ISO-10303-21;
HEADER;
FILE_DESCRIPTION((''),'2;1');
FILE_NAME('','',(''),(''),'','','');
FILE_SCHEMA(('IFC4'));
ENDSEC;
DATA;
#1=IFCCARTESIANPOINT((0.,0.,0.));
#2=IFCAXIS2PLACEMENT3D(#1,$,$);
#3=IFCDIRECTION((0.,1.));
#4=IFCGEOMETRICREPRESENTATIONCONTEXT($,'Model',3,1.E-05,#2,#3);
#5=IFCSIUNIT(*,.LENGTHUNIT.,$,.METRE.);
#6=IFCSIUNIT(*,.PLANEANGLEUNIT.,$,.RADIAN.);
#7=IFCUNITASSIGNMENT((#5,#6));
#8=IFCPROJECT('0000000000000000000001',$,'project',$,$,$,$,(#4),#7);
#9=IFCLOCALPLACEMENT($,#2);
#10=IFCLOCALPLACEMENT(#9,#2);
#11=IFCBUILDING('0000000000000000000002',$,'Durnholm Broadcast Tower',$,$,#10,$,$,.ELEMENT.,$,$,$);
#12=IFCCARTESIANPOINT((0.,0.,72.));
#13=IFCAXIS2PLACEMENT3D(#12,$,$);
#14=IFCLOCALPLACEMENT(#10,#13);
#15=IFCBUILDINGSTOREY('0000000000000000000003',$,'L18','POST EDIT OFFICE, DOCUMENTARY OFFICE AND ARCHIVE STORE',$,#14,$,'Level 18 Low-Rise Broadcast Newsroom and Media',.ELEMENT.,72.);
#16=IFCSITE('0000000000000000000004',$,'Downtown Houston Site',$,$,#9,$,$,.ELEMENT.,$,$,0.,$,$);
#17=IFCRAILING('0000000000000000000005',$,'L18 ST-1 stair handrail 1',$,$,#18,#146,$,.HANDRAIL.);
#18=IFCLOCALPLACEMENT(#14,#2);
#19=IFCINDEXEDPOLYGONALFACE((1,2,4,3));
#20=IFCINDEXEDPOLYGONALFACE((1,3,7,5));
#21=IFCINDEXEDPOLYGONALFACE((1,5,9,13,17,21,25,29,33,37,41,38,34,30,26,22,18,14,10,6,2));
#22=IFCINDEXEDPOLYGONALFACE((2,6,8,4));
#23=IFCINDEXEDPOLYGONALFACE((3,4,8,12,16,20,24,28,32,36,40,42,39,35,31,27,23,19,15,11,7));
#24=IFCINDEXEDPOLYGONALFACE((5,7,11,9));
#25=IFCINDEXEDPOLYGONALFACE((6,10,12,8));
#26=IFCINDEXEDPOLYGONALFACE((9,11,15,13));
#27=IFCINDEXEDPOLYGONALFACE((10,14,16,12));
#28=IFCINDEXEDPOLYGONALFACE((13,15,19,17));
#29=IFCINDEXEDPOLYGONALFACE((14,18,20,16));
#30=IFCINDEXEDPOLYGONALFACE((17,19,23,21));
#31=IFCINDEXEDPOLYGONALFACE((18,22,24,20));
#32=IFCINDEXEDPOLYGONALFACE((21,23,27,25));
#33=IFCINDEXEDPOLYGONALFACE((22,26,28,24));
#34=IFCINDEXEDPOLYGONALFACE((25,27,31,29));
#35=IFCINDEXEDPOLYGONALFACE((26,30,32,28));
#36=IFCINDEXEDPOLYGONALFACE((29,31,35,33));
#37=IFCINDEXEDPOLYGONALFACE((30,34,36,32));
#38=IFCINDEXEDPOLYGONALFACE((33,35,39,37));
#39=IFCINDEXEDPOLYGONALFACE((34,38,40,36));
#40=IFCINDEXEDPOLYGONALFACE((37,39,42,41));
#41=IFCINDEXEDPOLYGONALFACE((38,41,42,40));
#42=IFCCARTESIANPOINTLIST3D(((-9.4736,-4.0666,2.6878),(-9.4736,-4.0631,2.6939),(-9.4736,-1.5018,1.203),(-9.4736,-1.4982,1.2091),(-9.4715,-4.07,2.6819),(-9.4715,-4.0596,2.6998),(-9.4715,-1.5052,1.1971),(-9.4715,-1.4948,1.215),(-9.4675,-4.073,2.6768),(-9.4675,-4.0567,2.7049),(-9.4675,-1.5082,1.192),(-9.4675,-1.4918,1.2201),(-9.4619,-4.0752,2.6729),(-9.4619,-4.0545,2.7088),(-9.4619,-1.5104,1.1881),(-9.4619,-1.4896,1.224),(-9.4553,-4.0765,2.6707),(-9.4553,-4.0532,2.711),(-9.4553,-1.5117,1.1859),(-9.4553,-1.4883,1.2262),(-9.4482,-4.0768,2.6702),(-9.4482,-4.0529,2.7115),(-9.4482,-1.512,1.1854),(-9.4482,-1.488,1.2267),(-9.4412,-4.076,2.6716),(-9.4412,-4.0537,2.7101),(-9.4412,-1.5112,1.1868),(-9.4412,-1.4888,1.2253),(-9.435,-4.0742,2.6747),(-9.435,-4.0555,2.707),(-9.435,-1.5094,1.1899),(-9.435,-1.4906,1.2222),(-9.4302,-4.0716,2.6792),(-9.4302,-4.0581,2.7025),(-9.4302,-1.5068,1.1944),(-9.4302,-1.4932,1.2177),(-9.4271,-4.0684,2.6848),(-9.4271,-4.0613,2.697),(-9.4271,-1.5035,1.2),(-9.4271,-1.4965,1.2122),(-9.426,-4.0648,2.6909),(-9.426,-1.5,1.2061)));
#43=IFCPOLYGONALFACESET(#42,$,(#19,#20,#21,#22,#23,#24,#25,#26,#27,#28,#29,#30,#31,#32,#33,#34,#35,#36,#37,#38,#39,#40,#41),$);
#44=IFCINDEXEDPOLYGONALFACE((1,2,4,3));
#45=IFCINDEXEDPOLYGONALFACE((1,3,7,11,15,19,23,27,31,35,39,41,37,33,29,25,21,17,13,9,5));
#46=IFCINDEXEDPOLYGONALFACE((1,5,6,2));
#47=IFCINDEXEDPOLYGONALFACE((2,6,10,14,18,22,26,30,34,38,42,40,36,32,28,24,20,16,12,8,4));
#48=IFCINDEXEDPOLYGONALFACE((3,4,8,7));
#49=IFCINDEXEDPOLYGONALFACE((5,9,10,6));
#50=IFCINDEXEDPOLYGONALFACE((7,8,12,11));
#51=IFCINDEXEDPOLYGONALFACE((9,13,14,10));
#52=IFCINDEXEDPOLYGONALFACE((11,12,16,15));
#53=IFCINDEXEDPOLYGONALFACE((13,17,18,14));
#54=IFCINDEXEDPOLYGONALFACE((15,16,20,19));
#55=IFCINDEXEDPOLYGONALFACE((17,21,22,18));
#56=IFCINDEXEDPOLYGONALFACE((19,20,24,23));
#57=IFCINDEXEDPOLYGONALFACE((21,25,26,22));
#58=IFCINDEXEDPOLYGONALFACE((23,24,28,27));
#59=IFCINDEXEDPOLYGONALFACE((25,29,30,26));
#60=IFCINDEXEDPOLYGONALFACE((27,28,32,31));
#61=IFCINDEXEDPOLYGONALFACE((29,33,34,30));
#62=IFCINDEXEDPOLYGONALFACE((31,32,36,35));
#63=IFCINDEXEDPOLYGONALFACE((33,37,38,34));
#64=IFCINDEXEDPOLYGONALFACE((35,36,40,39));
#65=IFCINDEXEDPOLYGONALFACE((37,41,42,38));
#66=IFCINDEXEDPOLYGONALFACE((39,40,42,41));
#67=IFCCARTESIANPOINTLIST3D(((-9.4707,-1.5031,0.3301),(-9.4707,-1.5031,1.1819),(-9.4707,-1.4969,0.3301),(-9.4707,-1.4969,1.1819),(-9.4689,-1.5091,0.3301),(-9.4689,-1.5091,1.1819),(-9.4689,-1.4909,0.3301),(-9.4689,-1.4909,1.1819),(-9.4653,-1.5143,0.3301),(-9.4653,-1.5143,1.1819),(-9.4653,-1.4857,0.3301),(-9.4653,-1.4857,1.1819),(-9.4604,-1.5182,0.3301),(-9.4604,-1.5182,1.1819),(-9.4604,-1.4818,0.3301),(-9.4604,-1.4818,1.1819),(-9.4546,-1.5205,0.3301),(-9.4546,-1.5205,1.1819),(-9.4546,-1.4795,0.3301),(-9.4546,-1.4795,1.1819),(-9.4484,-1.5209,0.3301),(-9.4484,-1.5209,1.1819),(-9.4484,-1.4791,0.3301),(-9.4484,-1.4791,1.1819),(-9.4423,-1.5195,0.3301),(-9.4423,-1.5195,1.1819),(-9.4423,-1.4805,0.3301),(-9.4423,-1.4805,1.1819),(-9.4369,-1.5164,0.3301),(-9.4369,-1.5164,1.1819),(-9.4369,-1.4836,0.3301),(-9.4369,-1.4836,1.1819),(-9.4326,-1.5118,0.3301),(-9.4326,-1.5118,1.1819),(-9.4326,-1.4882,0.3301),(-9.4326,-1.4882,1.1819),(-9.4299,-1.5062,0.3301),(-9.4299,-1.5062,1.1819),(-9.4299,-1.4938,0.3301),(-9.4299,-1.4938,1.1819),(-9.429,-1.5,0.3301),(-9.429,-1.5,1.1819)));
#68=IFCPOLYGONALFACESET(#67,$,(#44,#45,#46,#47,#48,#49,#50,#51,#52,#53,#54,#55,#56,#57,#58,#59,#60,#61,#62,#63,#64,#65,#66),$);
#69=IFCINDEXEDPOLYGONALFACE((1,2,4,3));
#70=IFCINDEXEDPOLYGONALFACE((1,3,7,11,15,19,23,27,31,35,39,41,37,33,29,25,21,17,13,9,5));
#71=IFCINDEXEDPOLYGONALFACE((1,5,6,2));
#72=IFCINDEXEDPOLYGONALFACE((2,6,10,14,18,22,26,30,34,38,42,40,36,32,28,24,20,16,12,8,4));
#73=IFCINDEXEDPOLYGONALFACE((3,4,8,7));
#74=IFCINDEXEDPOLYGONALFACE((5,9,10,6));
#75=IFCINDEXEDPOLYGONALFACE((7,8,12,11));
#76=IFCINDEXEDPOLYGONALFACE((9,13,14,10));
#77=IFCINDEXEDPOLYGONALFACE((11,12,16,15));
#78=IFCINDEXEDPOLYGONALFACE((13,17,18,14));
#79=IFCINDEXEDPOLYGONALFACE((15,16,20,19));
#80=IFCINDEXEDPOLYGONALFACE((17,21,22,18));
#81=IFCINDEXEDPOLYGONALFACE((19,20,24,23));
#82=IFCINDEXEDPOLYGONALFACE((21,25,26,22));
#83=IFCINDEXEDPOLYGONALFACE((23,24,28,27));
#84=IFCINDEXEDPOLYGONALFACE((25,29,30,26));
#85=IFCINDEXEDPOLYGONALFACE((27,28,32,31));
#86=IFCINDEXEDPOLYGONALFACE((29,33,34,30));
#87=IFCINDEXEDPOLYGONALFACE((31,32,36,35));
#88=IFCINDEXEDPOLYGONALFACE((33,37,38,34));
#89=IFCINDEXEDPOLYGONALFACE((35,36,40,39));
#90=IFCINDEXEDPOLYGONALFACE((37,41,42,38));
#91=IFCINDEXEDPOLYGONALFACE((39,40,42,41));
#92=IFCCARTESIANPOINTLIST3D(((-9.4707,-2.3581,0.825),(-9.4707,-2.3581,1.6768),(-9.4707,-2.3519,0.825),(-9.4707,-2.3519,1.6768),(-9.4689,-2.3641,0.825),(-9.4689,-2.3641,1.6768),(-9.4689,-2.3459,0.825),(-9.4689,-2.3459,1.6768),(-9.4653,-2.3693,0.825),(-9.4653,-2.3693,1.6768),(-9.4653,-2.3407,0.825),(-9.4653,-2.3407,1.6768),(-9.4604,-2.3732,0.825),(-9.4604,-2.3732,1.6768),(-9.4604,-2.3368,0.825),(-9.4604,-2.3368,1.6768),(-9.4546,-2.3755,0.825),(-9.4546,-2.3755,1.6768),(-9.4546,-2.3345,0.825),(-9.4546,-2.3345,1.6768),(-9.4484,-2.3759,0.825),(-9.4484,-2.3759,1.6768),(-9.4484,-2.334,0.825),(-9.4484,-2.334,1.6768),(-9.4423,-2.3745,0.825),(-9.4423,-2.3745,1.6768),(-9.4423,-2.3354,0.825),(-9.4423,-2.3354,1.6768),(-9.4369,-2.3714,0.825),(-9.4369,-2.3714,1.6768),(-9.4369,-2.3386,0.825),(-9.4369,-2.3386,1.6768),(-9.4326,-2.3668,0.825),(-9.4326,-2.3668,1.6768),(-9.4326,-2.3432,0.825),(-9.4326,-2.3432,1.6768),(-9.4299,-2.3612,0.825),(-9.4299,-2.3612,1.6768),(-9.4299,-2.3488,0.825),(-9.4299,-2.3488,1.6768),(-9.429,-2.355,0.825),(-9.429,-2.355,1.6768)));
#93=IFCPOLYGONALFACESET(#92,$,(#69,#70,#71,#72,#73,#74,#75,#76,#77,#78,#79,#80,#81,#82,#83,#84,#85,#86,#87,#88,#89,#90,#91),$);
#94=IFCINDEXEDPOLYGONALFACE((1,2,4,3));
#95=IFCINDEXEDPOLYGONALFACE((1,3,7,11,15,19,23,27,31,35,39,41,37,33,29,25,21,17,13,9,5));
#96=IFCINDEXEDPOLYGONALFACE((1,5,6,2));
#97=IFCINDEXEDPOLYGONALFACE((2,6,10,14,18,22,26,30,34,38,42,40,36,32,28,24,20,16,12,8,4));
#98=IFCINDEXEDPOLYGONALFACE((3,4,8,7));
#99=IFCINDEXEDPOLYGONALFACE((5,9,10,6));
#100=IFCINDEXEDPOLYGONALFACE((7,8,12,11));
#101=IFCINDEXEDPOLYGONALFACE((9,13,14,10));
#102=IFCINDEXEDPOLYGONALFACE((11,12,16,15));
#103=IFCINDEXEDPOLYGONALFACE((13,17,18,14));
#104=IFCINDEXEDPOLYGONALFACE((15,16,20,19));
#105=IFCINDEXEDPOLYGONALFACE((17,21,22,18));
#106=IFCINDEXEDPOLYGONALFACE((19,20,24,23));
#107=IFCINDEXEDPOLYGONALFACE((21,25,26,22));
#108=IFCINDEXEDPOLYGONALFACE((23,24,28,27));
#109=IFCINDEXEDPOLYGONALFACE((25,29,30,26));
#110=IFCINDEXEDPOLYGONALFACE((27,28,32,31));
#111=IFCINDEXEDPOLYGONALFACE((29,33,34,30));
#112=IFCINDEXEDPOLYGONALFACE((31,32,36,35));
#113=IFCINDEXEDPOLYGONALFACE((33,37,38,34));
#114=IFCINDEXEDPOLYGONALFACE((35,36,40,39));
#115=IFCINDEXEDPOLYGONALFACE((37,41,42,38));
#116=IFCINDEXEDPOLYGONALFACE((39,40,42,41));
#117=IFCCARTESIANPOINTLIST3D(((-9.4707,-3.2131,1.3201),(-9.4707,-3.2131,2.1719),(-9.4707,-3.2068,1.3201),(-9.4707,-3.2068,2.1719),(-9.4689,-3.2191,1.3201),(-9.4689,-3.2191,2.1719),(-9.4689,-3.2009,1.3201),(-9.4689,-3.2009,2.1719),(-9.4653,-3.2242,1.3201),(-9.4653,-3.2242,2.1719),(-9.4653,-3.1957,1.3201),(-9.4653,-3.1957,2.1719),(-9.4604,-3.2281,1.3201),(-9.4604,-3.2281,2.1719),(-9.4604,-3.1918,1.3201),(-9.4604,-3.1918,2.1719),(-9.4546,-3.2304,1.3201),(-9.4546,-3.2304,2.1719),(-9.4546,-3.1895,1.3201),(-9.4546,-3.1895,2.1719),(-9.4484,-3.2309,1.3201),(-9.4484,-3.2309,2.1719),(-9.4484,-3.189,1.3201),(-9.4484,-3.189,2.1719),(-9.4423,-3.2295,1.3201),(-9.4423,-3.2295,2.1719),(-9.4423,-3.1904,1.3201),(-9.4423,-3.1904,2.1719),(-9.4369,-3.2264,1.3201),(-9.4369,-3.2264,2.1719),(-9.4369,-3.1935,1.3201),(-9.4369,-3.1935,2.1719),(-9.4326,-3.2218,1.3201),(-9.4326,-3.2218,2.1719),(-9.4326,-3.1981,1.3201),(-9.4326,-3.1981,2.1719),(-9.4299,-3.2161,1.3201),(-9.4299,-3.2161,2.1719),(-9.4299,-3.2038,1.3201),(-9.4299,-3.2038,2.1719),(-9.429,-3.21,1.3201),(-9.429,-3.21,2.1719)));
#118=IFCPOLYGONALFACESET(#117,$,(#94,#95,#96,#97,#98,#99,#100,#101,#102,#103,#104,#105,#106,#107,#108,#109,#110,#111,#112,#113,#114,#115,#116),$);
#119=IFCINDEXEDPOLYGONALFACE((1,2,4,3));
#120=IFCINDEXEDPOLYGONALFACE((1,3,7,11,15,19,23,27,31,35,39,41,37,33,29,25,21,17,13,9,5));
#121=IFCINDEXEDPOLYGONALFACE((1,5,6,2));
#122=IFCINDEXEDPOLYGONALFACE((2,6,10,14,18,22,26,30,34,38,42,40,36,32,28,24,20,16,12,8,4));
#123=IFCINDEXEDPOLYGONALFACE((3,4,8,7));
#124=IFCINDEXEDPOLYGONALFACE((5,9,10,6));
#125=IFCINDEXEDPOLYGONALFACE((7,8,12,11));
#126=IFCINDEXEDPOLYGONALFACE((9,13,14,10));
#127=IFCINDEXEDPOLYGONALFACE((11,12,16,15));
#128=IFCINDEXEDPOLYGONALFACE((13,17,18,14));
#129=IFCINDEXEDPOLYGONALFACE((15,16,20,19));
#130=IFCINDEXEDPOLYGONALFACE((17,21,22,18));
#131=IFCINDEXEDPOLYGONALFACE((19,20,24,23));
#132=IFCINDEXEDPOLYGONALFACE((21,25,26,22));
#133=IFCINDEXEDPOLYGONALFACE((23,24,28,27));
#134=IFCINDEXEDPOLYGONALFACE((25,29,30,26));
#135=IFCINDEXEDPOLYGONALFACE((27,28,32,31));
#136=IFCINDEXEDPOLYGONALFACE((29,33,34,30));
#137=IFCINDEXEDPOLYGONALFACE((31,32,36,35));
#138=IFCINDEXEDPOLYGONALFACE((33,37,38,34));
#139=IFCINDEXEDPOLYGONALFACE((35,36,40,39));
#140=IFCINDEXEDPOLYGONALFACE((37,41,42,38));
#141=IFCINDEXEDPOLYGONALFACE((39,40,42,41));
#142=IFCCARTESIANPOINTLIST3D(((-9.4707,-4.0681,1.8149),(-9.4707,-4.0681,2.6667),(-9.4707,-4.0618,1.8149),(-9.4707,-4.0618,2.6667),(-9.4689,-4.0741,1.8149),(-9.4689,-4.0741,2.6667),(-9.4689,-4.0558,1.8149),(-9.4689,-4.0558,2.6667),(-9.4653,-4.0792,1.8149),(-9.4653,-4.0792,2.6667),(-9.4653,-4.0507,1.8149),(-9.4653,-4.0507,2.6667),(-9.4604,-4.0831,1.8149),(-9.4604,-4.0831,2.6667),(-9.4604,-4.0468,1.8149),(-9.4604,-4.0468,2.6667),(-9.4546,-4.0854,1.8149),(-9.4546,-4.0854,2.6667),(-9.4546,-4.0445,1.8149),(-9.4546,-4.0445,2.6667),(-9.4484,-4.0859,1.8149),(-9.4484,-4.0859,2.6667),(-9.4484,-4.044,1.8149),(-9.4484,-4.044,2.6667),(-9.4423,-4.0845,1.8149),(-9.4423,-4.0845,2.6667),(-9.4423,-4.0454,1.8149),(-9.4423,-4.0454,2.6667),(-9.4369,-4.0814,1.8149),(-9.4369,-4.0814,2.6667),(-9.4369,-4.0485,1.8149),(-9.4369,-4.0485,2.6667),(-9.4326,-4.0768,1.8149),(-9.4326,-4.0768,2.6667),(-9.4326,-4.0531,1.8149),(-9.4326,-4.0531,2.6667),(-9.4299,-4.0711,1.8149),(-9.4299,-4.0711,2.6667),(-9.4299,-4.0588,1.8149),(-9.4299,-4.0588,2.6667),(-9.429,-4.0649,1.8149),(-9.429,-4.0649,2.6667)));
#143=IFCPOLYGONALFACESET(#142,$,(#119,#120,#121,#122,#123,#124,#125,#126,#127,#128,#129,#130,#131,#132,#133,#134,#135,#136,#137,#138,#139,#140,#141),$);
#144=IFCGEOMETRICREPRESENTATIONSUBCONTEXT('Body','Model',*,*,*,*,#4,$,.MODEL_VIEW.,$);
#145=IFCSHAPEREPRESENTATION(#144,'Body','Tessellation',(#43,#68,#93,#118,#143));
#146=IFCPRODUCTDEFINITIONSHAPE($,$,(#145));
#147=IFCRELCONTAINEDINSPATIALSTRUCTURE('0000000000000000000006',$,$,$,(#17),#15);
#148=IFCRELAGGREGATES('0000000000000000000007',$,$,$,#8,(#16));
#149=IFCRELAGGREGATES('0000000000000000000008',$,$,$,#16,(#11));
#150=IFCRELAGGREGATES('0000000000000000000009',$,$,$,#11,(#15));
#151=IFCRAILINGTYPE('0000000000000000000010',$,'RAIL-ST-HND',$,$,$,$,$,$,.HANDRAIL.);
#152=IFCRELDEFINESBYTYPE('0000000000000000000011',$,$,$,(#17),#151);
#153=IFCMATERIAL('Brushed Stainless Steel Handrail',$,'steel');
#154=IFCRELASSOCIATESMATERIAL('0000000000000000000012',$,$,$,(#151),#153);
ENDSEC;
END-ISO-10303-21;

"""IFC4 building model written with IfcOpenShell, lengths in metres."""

from ifc_helpers import new_model, si_unit, direction, frame, origin, origin_2d, place, context, subcontext, project, spatial, circle, extrude, material, type_object, element, save


model = new_model("IFC4")

# Units and contexts
model_context = context("Model", 3, precision=1e-05, world=origin(), true_north=direction((0.0, 1.0)))
body_context = subcontext(model_context, "Body", "Model", "MODEL_VIEW")
ifc_project = project(units=[si_unit("LENGTHUNIT", "METRE"), si_unit("PLANEANGLEUNIT", "RADIAN")], contexts=[model_context])

# Site, building, storey
site_placement = place(None, origin())
site = spatial("IfcSite", under=ifc_project, at=site_placement, Name="Downtown Houston Site", CompositionType="ELEMENT", RefElevation=0.0)
building_placement = place(site_placement, origin())
building = spatial("IfcBuilding", under=site, at=building_placement, Name="Durnholm Broadcast Tower", CompositionType="ELEMENT")
storey_placement = place(building_placement, frame((0.0, 0.0, 72.0)))
storey = spatial("IfcBuildingStorey", under=building, at=storey_placement, Name="L18", Description="POST EDIT OFFICE, DOCUMENTARY OFFICE AND ARCHIVE STORE", LongName="Level 18 Low-Rise Broadcast Newsroom and Media", CompositionType="ELEMENT", Elevation=72.0)

# Railing
ifc_material_1 = material(Name="Brushed Stainless Steel Handrail", Category="steel")
railing_type_1 = type_object("IfcRailingType", Name="RAIL-ST-HND", PredefinedType="HANDRAIL", material=ifc_material_1)
railing_1_placement = place(storey_placement, frame((-9.45, -1.5, 0.3301)))
element("IfcRailing", 1, at=railing_1_placement, inside=storey, type_object=railing_type_1, Name="L18 ST-1 stair handrail 1", PredefinedType="HANDRAIL", context=body_context, shape_type="SweptSolid", body=[
    extrude(circle(Radius=0.0239, at=origin_2d()), frame((0.0, 0.0, 0.876), z_axis=(0.0, -0.865441, 0.50101), x_axis=(1.0, 0.0, 0.0)), (0.0, 0.0, 1.0), 2.9636),
    extrude(circle(Radius=0.021, at=origin_2d()), origin(), (0.0, 0.0, 1.0), 0.8518),
    extrude(circle(Radius=0.021, at=origin_2d()), frame((0.0, -0.855, 0.4949)), (0.0, 0.0, 1.0), 0.8518),
    extrude(circle(Radius=0.021, at=origin_2d()), frame((0.0, -1.71, 0.99)), (0.0, 0.0, 1.0), 0.8518),
    extrude(circle(Radius=0.021, at=origin_2d()), frame((0.0, -2.5649, 1.4849)), (0.0, 0.0, 1.0), 0.8518),
])

save(model, "model.ifc")
